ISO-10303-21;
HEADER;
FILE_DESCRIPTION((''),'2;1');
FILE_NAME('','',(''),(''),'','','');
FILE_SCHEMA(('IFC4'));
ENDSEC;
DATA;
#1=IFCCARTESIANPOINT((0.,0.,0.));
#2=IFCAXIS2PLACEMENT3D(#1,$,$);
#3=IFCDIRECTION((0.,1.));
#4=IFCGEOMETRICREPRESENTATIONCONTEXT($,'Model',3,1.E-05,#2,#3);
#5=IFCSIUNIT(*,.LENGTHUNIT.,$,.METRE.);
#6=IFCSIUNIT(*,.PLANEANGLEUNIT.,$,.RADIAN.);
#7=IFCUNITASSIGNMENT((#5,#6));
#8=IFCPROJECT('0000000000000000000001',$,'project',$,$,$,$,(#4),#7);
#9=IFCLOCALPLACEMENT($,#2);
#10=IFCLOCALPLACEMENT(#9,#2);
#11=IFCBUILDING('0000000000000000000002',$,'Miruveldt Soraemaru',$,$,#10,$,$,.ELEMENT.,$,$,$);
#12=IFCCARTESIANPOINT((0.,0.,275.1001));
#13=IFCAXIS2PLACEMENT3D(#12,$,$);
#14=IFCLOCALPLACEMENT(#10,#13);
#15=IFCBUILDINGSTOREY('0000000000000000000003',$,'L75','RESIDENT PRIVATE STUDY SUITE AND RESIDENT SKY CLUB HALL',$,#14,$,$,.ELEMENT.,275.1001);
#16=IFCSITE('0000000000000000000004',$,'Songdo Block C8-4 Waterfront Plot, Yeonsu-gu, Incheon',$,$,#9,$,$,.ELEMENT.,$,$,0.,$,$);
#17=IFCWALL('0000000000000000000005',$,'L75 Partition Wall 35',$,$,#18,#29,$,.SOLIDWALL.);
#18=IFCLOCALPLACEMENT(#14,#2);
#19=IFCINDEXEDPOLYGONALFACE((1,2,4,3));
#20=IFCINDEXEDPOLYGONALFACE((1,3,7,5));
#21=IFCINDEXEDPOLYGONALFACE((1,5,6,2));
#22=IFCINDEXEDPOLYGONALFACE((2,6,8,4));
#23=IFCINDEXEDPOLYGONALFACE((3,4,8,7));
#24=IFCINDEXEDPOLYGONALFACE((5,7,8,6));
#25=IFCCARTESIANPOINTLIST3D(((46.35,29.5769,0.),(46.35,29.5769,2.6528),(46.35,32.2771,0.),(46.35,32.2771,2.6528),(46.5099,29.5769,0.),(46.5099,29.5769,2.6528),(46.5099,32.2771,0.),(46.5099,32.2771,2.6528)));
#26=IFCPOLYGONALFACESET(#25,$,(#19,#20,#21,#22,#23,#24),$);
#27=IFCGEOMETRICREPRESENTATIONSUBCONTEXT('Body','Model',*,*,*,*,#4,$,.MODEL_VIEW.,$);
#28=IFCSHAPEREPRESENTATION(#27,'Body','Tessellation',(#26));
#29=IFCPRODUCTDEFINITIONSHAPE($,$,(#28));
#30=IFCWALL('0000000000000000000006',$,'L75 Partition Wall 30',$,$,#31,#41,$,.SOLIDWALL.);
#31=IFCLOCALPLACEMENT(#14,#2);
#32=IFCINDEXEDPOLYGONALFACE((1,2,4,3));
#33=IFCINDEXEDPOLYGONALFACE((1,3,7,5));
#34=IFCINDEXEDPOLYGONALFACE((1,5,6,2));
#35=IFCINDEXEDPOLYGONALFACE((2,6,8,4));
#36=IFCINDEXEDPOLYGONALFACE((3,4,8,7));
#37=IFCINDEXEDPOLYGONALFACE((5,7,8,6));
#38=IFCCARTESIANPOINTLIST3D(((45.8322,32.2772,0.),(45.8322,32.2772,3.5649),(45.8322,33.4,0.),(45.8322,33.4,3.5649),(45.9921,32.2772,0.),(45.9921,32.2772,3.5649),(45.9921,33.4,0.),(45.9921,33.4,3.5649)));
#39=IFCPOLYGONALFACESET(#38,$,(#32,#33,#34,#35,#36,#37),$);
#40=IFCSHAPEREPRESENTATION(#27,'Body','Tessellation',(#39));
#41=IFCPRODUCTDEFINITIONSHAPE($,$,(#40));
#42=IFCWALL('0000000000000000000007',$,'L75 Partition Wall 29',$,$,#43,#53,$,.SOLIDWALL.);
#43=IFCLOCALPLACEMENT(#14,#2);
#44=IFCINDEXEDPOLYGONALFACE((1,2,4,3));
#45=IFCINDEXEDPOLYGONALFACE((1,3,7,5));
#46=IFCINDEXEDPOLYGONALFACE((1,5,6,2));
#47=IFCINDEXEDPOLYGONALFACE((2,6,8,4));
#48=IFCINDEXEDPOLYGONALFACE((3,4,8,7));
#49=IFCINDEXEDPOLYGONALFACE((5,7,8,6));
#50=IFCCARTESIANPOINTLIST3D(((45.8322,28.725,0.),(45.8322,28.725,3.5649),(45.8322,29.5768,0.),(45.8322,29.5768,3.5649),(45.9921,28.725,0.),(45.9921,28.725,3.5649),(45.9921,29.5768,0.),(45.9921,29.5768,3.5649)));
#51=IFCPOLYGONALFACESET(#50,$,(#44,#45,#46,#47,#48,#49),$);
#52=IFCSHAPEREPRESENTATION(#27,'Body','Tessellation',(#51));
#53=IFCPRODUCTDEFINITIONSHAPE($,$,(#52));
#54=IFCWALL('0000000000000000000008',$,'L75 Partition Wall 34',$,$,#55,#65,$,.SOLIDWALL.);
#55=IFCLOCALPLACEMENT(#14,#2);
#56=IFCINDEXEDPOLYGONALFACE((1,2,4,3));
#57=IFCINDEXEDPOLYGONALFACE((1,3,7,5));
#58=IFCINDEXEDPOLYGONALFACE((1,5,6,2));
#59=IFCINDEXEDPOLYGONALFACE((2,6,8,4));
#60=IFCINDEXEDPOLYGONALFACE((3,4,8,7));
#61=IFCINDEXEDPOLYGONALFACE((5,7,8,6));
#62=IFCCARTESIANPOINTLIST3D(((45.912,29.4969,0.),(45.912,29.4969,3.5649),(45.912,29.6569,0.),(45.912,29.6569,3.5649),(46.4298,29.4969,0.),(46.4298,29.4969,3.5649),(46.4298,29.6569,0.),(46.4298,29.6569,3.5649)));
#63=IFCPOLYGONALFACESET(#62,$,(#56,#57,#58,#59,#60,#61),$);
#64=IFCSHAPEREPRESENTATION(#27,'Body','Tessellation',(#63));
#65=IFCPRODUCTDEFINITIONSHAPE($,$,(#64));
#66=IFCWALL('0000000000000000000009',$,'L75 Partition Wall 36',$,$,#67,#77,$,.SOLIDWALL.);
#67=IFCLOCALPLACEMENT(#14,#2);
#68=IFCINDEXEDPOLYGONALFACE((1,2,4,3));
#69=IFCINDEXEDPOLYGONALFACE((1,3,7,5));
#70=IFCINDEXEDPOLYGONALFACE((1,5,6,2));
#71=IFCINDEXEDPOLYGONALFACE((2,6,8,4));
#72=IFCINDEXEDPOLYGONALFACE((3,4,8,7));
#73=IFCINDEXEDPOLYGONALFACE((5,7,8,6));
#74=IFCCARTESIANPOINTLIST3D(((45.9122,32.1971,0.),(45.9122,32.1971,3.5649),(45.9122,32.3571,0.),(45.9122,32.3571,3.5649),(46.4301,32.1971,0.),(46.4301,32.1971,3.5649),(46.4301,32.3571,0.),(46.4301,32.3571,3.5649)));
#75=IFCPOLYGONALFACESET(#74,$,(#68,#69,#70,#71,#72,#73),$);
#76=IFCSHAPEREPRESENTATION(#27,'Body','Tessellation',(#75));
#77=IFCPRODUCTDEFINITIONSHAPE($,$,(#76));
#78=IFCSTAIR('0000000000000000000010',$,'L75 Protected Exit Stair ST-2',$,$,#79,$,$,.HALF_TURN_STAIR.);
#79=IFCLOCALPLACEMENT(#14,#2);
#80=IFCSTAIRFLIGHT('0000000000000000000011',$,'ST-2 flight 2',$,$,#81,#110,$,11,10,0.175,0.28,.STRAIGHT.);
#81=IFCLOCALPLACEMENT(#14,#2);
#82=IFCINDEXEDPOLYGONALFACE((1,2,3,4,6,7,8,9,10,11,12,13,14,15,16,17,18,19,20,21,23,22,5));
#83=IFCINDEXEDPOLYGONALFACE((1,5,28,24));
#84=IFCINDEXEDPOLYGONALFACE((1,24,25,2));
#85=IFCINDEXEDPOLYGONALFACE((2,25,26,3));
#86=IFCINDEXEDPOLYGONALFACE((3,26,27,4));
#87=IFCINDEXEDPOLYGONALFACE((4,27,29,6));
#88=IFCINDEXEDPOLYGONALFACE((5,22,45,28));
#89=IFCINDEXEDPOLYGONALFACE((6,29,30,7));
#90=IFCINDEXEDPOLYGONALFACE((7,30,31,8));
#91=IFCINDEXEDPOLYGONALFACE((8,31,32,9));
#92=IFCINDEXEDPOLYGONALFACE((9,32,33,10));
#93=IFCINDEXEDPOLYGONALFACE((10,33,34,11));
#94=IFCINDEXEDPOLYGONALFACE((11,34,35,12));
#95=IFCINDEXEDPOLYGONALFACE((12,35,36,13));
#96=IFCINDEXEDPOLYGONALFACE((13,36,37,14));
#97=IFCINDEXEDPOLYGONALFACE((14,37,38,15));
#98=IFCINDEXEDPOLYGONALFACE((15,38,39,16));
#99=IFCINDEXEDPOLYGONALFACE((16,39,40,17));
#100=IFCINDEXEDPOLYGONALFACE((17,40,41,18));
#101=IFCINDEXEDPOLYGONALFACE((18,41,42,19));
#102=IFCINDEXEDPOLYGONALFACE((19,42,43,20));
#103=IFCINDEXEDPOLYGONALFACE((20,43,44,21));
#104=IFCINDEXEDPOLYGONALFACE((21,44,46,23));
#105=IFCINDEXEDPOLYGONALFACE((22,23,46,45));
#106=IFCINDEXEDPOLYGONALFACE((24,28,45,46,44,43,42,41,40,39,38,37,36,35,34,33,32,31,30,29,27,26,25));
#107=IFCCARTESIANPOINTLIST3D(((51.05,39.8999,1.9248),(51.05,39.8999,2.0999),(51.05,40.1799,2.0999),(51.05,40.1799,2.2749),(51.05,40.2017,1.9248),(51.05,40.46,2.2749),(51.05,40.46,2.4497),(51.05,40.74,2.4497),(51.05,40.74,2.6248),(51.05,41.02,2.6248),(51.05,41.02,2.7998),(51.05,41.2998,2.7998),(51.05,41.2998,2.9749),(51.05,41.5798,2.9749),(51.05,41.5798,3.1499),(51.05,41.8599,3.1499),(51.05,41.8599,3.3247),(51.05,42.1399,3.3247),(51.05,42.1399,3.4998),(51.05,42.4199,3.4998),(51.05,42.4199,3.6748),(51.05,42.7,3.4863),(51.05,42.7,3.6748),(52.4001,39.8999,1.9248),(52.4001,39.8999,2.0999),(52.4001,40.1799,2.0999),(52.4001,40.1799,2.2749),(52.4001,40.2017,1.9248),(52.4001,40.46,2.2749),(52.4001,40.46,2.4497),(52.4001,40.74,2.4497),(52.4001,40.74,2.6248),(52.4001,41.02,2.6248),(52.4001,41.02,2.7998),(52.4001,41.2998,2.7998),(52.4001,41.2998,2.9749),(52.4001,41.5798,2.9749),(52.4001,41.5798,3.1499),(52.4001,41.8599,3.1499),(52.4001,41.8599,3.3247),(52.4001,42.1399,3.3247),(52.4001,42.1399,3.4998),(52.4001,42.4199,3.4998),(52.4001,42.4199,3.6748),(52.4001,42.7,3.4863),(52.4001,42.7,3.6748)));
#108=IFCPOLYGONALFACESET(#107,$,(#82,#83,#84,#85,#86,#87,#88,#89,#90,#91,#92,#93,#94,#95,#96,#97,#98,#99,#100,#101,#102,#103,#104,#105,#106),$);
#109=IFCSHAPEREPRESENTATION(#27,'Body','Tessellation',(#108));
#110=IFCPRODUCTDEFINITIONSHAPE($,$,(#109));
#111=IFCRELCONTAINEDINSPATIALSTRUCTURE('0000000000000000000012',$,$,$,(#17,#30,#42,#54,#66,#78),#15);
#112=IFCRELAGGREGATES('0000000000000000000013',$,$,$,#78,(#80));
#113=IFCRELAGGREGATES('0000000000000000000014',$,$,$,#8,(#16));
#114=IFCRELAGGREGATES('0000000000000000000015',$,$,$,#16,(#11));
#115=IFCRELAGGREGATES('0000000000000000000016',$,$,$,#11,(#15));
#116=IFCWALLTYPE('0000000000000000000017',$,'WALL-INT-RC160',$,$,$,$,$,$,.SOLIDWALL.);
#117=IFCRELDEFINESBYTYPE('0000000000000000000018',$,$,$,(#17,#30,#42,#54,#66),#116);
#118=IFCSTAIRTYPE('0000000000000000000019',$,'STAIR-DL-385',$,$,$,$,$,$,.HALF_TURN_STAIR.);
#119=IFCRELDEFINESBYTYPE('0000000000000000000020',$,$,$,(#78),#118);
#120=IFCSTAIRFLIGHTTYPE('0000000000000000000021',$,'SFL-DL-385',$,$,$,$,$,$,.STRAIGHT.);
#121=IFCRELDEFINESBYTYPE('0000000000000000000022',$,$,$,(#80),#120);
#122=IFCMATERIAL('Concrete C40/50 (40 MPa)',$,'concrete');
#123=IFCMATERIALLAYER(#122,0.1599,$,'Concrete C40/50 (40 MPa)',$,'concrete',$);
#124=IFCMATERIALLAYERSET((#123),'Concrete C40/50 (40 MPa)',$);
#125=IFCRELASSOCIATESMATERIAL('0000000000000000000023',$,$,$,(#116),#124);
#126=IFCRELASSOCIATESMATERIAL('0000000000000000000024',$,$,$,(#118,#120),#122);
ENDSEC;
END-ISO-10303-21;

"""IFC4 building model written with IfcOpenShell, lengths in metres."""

from ifc_helpers import new_model, si_unit, direction, frame, frame_2d, origin, place, context, subcontext, project, spatial, polyline, rectangle, outline, extrude, material, layer, layer_set, type_object, element, aggregate, save


model = new_model("IFC4")

# Units and contexts
model_context = context("Model", 3, precision=1e-05, world=origin(), true_north=direction((0.0, 1.0)))
body_context = subcontext(model_context, "Body", "Model", "MODEL_VIEW")
ifc_project = project(units=[si_unit("LENGTHUNIT", "METRE"), si_unit("PLANEANGLEUNIT", "RADIAN")], contexts=[model_context])

# Site, building, storey
site_placement = place(None, origin())
site = spatial("IfcSite", under=ifc_project, at=site_placement, Name="Songdo Block C8-4 Waterfront Plot, Yeonsu-gu, Incheon", CompositionType="ELEMENT", RefElevation=0.0)
building_placement = place(site_placement, origin())
building = spatial("IfcBuilding", under=site, at=building_placement, Name="Miruveldt Soraemaru", CompositionType="ELEMENT")
storey_placement = place(building_placement, frame((0.0, 0.0, 275.1001)))
storey = spatial("IfcBuildingStorey", under=building, at=storey_placement, Name="L75", Description="RESIDENT PRIVATE STUDY SUITE AND RESIDENT SKY CLUB HALL", CompositionType="ELEMENT", Elevation=275.1001)

# Shared definitions
ifc_material_1 = material(Name="Concrete C40/50 (40 MPa)", Category="concrete")
ifc_layer_1 = layer(ifc_material_1, 0.1599, Name="Concrete C40/50 (40 MPa)", Category="concrete")
ifc_layer_set_1 = layer_set([ifc_layer_1], Name="Concrete C40/50 (40 MPa)")
wall_type_1 = type_object("IfcWallType", Name="WALL-INT-RC160", PredefinedType="SOLIDWALL", material=ifc_layer_set_1)

# Walls
wall_1_placement = place(storey_placement, frame((46.4299, 29.5769, 0.0), z_axis=(0.0, 0.0, 1.0), x_axis=(0.0, 1.0, 0.0)))
element("IfcWall", 1, at=wall_1_placement, inside=storey, type_object=wall_type_1, Name="L75 Partition Wall 35", PredefinedType="SOLIDWALL", context=body_context, shape_type="SweptSolid", body=[
    extrude(rectangle(XDim=2.7002, YDim=0.1599, at=frame_2d((1.3501, 0.0))), origin(), (0.0, 0.0, 1.0), 2.6528),
])
wall_2_placement = place(storey_placement, frame((45.9121, 32.2771, 0.0), z_axis=(0.0, 0.0, 1.0), x_axis=(0.0, 1.0, 0.0)))
element("IfcWall", 2, at=wall_2_placement, inside=storey, type_object=wall_type_1, Name="L75 Partition Wall 30", PredefinedType="SOLIDWALL", context=body_context, shape_type="SweptSolid", body=[
    extrude(rectangle(XDim=1.1228, YDim=0.1599, at=frame_2d((0.5615, 0.0))), origin(), (0.0, 0.0, 1.0), 3.5649),
])
wall_3_placement = place(storey_placement, frame((45.9121, 28.7251, 0.0), z_axis=(0.0, 0.0, 1.0), x_axis=(0.0, 1.0, 0.0)))
element("IfcWall", 3, at=wall_3_placement, inside=storey, type_object=wall_type_1, Name="L75 Partition Wall 29", PredefinedType="SOLIDWALL", context=body_context, shape_type="SweptSolid", body=[
    extrude(rectangle(XDim=0.8518, YDim=0.1599, at=frame_2d((0.4258, 0.0))), origin(), (0.0, 0.0, 1.0), 3.5649),
])
for number, where, z_axis, x_axis, name in (
    (4, (45.9121, 29.5769, 0.0), (0.0, 0.0, 1.0), (1.0, 0.0, 0.0), "L75 Partition Wall 34"),
    (5, (46.4299, 32.2771, 0.0), (0.0, 0.0, 1.0), (-1.0, 0.0, 0.0), "L75 Partition Wall 36"),
):
    element("IfcWall", number, at=place(storey_placement, frame(where, z_axis=z_axis, x_axis=x_axis)), inside=storey, type_object=wall_type_1, Name=name, PredefinedType="SOLIDWALL", context=body_context, shape_type="SweptSolid", body=[
        extrude(rectangle(XDim=0.5178, YDim=0.1599, at=frame_2d((0.2588, 0.0))), origin(), (0.0, 0.0, 1.0), 3.5649),
    ])

# Stair, stair flight
stair_type = type_object("IfcStairType", Name="STAIR-DL-385", PredefinedType="HALF_TURN_STAIR", material=ifc_material_1)
stair_placement = place(storey_placement, origin())
stair = element("IfcStair", 6, at=stair_placement, inside=storey, type_object=stair_type, Name="L75 Protected Exit Stair ST-2", PredefinedType="HALF_TURN_STAIR")
stair_flight_type = type_object("IfcStairFlightType", Name="SFL-DL-385", PredefinedType="STRAIGHT", material=ifc_material_1)
stair_flight_placement = place(storey_placement, frame((51.7251, 39.8999, 1.9248), z_axis=(0.0, 0.0, 1.0), x_axis=(0.0, 1.0, 0.0)))
stair_flight = element("IfcStairFlight", 7, at=stair_flight_placement, type_object=stair_flight_type, Name="ST-2 flight 2", NumberOfRisers=11, NumberOfTreads=10, PredefinedType="STRAIGHT", RiserHeight=0.175, TreadLength=0.28, context=body_context, shape_type="SweptSolid", body=[
    extrude(outline(polyline([(0.0, 0.0), (0.0, 0.175), (0.28, 0.175), (0.28, 0.3501), (0.5601, 0.3501), (0.5601, 0.5249), (0.8401, 0.5249), (0.8401, 0.7), (1.1201, 0.7), (1.1201, 0.875), (1.3999, 0.875), (1.3999, 1.05), (1.6799, 1.05), (1.6799, 1.2251), (1.96, 1.2251), (1.96, 1.3999), (2.24, 1.3999), (2.24, 1.575), (2.52, 1.575), (2.52, 1.75), (2.8, 1.75), (2.8, 1.925), (2.8, 1.5615), (0.3018, 0.0), (0.0, 0.0)])), frame((0.0, 0.675, 0.0), z_axis=(0.0, -1.0, 0.0), x_axis=(1.0, 0.0, 0.0)), (0.0, 0.0, 1.0), 1.3501),
])
aggregate(stair, [stair_flight])

save(model, "model.ifc")
